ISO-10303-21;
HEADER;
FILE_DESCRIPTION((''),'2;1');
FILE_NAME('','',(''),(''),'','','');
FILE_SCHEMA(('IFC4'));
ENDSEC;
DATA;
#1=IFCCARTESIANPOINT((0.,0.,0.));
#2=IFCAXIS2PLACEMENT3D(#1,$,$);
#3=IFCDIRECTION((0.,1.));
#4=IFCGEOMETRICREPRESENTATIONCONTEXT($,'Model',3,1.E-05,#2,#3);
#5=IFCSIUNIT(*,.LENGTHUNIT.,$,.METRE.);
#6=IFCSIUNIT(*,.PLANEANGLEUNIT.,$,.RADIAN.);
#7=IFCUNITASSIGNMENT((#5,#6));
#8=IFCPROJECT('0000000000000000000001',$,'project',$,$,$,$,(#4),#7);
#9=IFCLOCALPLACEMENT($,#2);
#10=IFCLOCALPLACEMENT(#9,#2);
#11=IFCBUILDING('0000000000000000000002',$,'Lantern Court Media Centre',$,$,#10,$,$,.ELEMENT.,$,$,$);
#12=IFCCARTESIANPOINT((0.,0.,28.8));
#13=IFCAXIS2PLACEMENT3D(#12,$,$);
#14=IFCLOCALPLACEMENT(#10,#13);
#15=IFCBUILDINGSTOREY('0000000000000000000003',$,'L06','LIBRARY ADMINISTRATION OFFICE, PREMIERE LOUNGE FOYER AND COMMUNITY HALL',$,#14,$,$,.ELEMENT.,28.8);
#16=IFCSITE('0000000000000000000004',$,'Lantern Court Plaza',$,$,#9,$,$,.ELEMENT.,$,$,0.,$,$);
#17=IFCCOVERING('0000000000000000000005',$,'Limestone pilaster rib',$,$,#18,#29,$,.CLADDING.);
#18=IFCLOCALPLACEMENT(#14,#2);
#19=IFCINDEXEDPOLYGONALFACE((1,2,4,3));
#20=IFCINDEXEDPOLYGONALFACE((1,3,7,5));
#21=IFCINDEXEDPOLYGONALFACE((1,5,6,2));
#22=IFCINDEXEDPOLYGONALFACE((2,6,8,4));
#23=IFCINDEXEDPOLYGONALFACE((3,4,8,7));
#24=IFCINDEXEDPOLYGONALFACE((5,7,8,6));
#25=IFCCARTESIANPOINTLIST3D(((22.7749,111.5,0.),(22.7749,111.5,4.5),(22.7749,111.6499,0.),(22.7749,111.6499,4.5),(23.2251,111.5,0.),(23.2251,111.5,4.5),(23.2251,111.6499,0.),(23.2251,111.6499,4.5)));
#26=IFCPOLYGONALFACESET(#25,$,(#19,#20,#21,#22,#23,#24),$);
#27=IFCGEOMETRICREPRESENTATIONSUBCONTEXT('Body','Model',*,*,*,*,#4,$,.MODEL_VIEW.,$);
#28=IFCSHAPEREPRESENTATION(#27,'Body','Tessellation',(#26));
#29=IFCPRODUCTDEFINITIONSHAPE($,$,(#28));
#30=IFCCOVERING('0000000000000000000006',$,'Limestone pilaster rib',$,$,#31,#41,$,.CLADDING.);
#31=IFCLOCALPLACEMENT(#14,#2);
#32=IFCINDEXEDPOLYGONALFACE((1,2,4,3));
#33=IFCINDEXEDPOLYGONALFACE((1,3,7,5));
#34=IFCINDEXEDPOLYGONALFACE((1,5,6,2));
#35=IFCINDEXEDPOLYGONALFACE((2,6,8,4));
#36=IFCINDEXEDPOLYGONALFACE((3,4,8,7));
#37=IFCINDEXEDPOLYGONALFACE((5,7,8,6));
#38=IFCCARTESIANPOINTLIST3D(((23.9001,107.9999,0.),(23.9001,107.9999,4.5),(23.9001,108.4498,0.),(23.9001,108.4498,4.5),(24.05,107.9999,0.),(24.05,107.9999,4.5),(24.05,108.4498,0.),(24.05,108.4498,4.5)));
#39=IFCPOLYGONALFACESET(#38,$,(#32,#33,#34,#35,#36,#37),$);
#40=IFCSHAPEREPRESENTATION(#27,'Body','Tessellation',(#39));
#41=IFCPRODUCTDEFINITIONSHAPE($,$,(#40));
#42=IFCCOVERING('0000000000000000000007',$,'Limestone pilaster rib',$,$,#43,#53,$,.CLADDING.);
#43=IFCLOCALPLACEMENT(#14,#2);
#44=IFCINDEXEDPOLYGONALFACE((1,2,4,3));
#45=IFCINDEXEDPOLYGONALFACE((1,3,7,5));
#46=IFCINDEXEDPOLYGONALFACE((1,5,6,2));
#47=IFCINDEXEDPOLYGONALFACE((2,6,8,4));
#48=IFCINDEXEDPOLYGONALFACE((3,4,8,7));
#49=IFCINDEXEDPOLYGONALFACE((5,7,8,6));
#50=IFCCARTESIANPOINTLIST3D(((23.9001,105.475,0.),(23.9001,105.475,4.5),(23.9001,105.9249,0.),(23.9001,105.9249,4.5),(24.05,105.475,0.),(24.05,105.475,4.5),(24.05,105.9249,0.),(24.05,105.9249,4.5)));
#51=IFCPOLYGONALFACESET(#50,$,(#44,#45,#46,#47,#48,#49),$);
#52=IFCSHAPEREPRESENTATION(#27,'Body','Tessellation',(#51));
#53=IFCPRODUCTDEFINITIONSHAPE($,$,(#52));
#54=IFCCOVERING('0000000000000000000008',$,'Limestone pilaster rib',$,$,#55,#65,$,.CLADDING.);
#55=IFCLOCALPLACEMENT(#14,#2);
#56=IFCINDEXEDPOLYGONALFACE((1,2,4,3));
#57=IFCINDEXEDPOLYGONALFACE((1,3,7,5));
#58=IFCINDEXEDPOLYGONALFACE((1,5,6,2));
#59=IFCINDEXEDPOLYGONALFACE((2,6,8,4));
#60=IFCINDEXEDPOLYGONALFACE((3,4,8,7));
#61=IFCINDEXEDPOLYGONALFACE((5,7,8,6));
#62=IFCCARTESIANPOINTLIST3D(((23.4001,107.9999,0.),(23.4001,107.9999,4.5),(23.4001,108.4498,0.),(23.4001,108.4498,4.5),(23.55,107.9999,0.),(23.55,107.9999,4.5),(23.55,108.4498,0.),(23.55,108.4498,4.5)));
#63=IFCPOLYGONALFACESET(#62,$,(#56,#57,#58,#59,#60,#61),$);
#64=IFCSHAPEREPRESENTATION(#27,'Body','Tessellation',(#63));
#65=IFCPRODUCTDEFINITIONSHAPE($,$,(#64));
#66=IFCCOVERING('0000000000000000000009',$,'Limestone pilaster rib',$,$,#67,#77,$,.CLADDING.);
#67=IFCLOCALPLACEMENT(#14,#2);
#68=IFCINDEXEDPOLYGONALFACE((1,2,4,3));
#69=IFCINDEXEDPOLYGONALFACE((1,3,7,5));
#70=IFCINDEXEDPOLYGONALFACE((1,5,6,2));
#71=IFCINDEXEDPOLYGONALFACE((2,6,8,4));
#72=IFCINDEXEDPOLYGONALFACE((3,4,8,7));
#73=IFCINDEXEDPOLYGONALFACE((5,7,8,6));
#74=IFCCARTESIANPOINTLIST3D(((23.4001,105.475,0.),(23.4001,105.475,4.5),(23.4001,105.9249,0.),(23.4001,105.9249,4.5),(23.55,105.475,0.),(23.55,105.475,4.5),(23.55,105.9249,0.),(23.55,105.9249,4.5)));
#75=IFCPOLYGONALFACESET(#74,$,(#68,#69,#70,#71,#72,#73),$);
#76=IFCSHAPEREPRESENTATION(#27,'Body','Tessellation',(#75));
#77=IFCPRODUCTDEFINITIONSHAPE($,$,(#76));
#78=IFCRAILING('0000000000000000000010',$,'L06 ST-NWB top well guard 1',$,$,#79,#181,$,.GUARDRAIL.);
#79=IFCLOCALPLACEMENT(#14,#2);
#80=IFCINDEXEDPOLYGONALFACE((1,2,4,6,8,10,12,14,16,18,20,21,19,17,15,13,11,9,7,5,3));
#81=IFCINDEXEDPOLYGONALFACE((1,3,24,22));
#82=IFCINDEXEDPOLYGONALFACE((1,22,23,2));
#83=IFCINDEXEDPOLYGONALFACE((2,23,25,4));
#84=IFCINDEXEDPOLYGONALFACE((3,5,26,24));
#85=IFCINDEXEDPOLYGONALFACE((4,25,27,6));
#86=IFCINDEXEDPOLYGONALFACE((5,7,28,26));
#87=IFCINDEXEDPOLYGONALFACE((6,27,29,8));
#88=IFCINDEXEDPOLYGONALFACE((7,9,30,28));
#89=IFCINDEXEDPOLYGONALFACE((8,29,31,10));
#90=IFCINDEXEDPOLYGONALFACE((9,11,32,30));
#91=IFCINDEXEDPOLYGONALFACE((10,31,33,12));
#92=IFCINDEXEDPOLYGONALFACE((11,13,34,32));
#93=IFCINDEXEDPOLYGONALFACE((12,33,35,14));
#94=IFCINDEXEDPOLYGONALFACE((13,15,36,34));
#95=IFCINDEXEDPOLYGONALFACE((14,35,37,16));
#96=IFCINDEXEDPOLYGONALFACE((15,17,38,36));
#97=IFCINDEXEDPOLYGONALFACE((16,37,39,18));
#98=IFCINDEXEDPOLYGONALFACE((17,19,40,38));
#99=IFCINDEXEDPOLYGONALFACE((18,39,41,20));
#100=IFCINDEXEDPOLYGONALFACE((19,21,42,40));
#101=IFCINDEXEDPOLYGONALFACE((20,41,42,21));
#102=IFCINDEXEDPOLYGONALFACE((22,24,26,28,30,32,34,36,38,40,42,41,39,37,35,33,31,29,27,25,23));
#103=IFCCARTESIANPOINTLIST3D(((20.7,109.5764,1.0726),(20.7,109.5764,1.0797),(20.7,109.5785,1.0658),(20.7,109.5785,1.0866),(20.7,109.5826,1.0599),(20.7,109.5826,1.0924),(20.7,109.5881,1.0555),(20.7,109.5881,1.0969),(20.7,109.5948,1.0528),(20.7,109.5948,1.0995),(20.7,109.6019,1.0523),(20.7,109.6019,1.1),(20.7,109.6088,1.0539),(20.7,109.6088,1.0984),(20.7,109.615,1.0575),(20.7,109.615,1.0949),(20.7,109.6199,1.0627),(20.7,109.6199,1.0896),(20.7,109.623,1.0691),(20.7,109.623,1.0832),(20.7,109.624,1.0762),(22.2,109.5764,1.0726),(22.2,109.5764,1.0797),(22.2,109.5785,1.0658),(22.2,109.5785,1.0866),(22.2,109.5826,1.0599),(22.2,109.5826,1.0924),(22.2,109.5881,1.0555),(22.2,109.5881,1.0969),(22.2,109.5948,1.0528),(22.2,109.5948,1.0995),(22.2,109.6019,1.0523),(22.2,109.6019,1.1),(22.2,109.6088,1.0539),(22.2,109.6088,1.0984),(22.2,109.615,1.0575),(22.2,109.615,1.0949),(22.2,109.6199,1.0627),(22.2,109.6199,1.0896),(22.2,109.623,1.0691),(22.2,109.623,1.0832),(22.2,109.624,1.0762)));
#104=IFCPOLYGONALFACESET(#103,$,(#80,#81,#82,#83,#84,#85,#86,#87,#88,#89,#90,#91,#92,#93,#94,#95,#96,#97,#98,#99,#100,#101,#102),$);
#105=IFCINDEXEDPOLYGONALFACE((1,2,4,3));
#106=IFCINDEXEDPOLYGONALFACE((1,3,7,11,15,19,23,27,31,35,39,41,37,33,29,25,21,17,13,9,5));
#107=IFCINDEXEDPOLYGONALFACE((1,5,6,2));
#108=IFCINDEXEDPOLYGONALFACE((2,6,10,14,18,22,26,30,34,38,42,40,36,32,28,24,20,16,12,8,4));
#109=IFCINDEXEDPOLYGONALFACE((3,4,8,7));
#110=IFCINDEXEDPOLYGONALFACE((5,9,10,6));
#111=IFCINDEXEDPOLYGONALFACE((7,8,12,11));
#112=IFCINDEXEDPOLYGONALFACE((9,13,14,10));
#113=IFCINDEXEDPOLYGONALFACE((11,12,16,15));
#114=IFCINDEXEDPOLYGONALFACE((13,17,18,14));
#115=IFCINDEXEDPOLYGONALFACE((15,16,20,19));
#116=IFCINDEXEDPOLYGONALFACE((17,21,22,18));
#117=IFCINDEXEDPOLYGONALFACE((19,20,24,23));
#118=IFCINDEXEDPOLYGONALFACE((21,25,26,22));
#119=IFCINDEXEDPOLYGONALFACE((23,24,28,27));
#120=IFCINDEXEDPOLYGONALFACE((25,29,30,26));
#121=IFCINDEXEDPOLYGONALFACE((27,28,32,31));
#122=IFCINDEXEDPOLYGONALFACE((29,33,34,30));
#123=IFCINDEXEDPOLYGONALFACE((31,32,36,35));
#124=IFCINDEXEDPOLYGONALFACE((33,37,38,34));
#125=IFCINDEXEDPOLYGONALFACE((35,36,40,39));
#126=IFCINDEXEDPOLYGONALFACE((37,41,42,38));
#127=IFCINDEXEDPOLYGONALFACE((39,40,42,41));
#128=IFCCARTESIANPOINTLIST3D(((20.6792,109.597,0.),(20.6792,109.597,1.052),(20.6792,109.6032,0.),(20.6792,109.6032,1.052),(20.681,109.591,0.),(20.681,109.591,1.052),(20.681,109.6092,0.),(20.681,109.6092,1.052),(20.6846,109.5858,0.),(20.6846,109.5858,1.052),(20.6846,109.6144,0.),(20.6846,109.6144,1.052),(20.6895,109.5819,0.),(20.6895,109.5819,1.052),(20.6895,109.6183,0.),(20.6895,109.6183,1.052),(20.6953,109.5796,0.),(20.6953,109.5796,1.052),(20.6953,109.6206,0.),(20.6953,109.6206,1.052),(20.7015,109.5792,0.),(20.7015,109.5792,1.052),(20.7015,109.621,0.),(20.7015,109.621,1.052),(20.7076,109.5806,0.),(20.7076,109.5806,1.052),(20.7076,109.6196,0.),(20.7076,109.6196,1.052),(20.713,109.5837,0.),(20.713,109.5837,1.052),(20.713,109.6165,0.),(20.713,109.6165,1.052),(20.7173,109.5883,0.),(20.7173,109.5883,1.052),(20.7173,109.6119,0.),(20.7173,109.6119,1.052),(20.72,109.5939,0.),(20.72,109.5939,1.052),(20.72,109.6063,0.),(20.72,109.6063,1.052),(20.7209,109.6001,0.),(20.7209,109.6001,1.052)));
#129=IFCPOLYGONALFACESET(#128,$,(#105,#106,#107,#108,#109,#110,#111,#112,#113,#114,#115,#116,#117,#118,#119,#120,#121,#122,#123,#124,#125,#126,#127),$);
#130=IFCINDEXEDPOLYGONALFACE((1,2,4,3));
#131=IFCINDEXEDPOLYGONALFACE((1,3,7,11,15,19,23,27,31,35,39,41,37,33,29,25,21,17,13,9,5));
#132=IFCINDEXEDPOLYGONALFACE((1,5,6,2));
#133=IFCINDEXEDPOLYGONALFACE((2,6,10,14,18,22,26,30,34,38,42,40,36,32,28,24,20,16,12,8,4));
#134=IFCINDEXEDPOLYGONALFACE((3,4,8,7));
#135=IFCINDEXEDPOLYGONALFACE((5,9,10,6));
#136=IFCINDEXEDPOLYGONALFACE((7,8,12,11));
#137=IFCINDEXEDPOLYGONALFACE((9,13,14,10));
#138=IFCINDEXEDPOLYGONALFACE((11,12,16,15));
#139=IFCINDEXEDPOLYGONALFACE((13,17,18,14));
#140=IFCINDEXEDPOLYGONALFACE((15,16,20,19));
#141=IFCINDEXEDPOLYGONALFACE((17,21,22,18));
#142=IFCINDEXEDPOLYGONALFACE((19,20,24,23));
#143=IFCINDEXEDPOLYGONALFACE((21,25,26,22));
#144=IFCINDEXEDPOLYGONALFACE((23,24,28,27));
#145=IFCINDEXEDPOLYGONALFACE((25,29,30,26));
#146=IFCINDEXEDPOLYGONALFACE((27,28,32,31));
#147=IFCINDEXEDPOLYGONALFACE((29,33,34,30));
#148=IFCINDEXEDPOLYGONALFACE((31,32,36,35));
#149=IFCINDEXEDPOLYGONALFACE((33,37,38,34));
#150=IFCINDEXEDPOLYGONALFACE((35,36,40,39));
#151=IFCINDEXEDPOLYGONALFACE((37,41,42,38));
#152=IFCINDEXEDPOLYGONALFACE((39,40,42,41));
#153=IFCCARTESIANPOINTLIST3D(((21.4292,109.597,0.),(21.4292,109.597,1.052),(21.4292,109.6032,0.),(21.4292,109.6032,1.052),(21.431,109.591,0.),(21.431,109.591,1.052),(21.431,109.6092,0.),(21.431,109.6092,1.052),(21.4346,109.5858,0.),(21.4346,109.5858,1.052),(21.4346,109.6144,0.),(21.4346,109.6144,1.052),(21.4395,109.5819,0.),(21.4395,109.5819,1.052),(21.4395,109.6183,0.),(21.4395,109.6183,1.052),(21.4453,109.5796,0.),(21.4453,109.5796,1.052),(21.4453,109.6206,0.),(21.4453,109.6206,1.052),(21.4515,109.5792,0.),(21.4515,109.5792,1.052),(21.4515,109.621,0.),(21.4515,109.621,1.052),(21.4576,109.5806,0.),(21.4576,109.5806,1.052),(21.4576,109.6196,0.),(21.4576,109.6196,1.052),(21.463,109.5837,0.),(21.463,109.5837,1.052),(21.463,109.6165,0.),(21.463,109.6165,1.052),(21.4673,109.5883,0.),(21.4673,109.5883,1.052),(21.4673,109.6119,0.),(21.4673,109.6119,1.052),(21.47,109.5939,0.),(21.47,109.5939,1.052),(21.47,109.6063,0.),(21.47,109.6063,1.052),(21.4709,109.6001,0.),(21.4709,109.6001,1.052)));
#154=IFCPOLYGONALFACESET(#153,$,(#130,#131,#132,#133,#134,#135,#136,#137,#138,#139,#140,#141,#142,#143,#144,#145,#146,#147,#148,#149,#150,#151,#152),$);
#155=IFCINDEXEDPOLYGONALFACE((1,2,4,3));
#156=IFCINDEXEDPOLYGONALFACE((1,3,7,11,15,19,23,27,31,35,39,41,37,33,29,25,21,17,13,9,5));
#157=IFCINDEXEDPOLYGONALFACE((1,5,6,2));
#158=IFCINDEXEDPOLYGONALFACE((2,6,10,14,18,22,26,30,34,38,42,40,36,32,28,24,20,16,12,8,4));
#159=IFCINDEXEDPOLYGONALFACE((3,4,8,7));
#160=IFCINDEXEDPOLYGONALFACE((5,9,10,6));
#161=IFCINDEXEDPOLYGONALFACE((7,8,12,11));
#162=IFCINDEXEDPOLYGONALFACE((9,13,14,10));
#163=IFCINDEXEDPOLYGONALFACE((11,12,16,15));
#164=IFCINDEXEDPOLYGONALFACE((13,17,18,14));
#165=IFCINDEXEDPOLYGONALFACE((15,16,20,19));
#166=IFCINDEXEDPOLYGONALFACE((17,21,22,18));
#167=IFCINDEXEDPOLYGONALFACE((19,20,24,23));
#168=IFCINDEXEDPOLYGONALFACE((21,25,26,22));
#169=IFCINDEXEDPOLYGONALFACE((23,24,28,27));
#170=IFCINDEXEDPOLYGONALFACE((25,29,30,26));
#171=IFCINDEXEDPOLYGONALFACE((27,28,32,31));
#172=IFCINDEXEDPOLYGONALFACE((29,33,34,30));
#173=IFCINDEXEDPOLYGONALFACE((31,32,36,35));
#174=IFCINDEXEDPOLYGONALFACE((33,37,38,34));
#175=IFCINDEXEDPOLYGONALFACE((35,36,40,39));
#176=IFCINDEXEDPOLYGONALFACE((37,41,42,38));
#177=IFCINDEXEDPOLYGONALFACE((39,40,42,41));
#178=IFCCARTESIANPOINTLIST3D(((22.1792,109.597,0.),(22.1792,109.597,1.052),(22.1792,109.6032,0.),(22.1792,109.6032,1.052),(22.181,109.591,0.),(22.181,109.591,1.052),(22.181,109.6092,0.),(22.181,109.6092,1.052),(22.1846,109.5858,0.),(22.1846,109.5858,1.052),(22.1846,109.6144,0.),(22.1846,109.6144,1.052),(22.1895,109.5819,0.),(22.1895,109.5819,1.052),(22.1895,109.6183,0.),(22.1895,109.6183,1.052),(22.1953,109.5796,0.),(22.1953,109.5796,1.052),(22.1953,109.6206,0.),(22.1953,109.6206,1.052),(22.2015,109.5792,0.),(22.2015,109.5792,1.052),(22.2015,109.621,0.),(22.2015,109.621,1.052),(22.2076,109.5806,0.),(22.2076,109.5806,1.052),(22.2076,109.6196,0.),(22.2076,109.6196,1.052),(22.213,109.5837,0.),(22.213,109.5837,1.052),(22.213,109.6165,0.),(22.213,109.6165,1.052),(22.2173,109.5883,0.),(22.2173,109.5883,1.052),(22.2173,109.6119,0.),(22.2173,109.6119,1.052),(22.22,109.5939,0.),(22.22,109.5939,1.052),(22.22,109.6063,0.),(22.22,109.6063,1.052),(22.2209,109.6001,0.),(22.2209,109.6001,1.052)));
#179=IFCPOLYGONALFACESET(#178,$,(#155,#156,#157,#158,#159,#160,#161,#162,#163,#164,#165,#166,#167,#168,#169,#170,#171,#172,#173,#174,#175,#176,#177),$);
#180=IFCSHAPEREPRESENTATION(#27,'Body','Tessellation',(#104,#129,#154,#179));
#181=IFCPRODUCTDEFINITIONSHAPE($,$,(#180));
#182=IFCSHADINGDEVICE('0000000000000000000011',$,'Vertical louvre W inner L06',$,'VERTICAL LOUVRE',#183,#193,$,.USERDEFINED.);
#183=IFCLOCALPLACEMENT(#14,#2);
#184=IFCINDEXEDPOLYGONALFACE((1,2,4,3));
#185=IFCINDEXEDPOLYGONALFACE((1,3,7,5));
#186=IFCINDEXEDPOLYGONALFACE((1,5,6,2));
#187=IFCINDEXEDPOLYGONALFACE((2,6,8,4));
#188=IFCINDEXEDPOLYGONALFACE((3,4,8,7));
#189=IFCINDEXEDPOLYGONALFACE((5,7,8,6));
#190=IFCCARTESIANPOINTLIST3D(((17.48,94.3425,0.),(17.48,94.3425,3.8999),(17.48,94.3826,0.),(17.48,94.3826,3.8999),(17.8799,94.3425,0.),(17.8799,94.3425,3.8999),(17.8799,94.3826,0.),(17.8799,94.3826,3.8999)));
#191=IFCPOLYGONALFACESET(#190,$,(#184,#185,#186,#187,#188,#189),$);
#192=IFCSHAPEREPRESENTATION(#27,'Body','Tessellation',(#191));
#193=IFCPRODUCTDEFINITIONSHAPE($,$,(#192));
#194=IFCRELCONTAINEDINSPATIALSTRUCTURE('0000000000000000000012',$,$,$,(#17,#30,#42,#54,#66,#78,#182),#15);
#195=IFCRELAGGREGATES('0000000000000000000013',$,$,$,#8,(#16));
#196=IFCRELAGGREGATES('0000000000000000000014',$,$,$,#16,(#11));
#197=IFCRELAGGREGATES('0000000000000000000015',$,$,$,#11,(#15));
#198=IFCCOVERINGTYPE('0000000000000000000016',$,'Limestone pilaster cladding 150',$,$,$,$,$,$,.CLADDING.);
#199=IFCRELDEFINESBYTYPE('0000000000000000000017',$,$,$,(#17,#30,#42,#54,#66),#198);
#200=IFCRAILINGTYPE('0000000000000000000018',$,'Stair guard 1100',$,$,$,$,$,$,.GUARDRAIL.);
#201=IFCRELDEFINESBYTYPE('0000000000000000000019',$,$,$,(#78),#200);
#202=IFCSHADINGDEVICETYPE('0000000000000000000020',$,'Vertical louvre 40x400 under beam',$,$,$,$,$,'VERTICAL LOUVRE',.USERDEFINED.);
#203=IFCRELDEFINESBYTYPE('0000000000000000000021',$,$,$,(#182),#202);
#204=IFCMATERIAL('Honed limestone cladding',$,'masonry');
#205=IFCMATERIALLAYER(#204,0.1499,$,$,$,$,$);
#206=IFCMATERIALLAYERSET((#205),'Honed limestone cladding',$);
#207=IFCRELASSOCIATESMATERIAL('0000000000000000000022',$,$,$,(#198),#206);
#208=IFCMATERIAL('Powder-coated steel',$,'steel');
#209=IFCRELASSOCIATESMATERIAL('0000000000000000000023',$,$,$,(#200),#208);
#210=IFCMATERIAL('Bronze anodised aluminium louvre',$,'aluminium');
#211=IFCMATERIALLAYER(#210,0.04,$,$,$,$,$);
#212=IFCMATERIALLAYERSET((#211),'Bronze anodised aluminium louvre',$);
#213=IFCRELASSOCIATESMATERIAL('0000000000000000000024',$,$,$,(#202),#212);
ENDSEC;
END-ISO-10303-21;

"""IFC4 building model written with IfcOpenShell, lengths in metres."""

from ifc_helpers import new_model, si_unit, direction, frame, frame_2d, origin, origin_2d, place, context, subcontext, project, spatial, rectangle, circle, extrude, material, layer, layer_set, type_object, element, save


model = new_model("IFC4")

# Units and contexts
model_context = context("Model", 3, precision=1e-05, world=origin(), true_north=direction((0.0, 1.0)))
body_context = subcontext(model_context, "Body", "Model", "MODEL_VIEW")
ifc_project = project(units=[si_unit("LENGTHUNIT", "METRE"), si_unit("PLANEANGLEUNIT", "RADIAN")], contexts=[model_context])

# Site, building, storey
site_placement = place(None, origin())
site = spatial("IfcSite", under=ifc_project, at=site_placement, Name="Lantern Court Plaza", CompositionType="ELEMENT", RefElevation=0.0)
building_placement = place(site_placement, origin())
building = spatial("IfcBuilding", under=site, at=building_placement, Name="Lantern Court Media Centre", CompositionType="ELEMENT")
storey_placement = place(building_placement, frame((0.0, 0.0, 28.8)))
storey = spatial("IfcBuildingStorey", under=building, at=storey_placement, Name="L06", Description="LIBRARY ADMINISTRATION OFFICE, PREMIERE LOUNGE FOYER AND COMMUNITY HALL", CompositionType="ELEMENT", Elevation=28.8)

# Shared definitions
ifc_material_1 = material(Name="Powder-coated steel", Category="steel")

# Coverings
ifc_material_2 = material(Name="Honed limestone cladding", Category="masonry")
ifc_layer_1 = layer(ifc_material_2, 0.1499)
ifc_layer_set_1 = layer_set([ifc_layer_1], Name="Honed limestone cladding")
covering_type_1 = type_object("IfcCoveringType", Name="Limestone pilaster cladding 150", PredefinedType="CLADDING", material=ifc_layer_set_1)
covering_1_placement = place(storey_placement, frame((22.7749, 111.575, 0.0), z_axis=(0.0, 0.0, 1.0), x_axis=(1.0, 0.0, 0.0)))
element("IfcCovering", 1, at=covering_1_placement, inside=storey, type_object=covering_type_1, Name="Limestone pilaster rib", PredefinedType="CLADDING", context=body_context, shape_type="SweptSolid", body=[
    extrude(rectangle(XDim=0.4502, YDim=0.1499, at=frame_2d((0.2251, 0.0))), origin(), (0.0, 0.0, 1.0), 4.5),
])
for number, where, z_axis, x_axis, name in (
    (2, (23.9751, 108.45, 0.0), (0.0, 0.0, 1.0), (0.0, -1.0, 0.0), "Limestone pilaster rib"),
    (3, (23.9751, 105.925, 0.0), (0.0, 0.0, 1.0), (0.0, -1.0, 0.0), "Limestone pilaster rib"),
    (4, (23.4751, 108.45, 0.0), (0.0, 0.0, 1.0), (0.0, -1.0, 0.0), "Limestone pilaster rib"),
    (5, (23.4751, 105.925, 0.0), (0.0, 0.0, 1.0), (0.0, -1.0, 0.0), "Limestone pilaster rib"),
):
    element("IfcCovering", number, at=place(storey_placement, frame(where, z_axis=z_axis, x_axis=x_axis)), inside=storey, type_object=covering_type_1, Name=name, PredefinedType="CLADDING", context=body_context, shape_type="SweptSolid", body=[
        extrude(rectangle(XDim=0.45, YDim=0.1499, at=frame_2d((0.2251, 0.0))), origin(), (0.0, 0.0, 1.0), 4.5),
    ])

# Railing
railing_type_1 = type_object("IfcRailingType", Name="Stair guard 1100", PredefinedType="GUARDRAIL", material=ifc_material_1)
railing_1_placement = place(storey_placement, frame((20.7, 109.6001, 0.0)))
element("IfcRailing", 6, at=railing_1_placement, inside=storey, type_object=railing_type_1, Name="L06 ST-NWB top well guard 1", PredefinedType="GUARDRAIL", context=body_context, shape_type="SweptSolid", body=[
    extrude(circle(Radius=0.0239, at=origin_2d()), frame((0.0, 0.0, 1.0762), z_axis=(1.0, 0.0, 0.0), x_axis=(0.0, 1.0, 0.0)), (0.0, 0.0, 1.0), 1.5),
    extrude(circle(Radius=0.021, at=origin_2d()), origin(), (0.0, 0.0, 1.0), 1.052),
    extrude(circle(Radius=0.021, at=origin_2d()), frame((0.75, 0.0, 0.0)), (0.0, 0.0, 1.0), 1.052),
    extrude(circle(Radius=0.021, at=origin_2d()), frame((1.5, 0.0, 0.0)), (0.0, 0.0, 1.0), 1.052),
])

# Shading device
ifc_material_3 = material(Name="Bronze anodised aluminium louvre", Category="aluminium")
ifc_layer_2 = layer(ifc_material_3, 0.04)
ifc_layer_set_2 = layer_set([ifc_layer_2], Name="Bronze anodised aluminium louvre")
shading_device_type = type_object("IfcShadingDeviceType", Name="Vertical louvre 40x400 under beam", ElementType="VERTICAL LOUVRE", PredefinedType="USERDEFINED", material=ifc_layer_set_2)
shading_device_placement = place(storey_placement, frame((17.6799, 94.3625, 0.0), z_axis=(0.0, 0.0, 1.0), x_axis=(1.0, 0.0, 0.0)))
element("IfcShadingDevice", 7, at=shading_device_placement, inside=storey, type_object=shading_device_type, Name="Vertical louvre W inner L06", ObjectType="VERTICAL LOUVRE", PredefinedType="USERDEFINED", context=body_context, shape_type="SweptSolid", body=[
    extrude(rectangle(XDim=0.3999, YDim=0.04, at=origin_2d()), origin(), (0.0, 0.0, 1.0), 3.8999),
])

save(model, "model.ifc")
